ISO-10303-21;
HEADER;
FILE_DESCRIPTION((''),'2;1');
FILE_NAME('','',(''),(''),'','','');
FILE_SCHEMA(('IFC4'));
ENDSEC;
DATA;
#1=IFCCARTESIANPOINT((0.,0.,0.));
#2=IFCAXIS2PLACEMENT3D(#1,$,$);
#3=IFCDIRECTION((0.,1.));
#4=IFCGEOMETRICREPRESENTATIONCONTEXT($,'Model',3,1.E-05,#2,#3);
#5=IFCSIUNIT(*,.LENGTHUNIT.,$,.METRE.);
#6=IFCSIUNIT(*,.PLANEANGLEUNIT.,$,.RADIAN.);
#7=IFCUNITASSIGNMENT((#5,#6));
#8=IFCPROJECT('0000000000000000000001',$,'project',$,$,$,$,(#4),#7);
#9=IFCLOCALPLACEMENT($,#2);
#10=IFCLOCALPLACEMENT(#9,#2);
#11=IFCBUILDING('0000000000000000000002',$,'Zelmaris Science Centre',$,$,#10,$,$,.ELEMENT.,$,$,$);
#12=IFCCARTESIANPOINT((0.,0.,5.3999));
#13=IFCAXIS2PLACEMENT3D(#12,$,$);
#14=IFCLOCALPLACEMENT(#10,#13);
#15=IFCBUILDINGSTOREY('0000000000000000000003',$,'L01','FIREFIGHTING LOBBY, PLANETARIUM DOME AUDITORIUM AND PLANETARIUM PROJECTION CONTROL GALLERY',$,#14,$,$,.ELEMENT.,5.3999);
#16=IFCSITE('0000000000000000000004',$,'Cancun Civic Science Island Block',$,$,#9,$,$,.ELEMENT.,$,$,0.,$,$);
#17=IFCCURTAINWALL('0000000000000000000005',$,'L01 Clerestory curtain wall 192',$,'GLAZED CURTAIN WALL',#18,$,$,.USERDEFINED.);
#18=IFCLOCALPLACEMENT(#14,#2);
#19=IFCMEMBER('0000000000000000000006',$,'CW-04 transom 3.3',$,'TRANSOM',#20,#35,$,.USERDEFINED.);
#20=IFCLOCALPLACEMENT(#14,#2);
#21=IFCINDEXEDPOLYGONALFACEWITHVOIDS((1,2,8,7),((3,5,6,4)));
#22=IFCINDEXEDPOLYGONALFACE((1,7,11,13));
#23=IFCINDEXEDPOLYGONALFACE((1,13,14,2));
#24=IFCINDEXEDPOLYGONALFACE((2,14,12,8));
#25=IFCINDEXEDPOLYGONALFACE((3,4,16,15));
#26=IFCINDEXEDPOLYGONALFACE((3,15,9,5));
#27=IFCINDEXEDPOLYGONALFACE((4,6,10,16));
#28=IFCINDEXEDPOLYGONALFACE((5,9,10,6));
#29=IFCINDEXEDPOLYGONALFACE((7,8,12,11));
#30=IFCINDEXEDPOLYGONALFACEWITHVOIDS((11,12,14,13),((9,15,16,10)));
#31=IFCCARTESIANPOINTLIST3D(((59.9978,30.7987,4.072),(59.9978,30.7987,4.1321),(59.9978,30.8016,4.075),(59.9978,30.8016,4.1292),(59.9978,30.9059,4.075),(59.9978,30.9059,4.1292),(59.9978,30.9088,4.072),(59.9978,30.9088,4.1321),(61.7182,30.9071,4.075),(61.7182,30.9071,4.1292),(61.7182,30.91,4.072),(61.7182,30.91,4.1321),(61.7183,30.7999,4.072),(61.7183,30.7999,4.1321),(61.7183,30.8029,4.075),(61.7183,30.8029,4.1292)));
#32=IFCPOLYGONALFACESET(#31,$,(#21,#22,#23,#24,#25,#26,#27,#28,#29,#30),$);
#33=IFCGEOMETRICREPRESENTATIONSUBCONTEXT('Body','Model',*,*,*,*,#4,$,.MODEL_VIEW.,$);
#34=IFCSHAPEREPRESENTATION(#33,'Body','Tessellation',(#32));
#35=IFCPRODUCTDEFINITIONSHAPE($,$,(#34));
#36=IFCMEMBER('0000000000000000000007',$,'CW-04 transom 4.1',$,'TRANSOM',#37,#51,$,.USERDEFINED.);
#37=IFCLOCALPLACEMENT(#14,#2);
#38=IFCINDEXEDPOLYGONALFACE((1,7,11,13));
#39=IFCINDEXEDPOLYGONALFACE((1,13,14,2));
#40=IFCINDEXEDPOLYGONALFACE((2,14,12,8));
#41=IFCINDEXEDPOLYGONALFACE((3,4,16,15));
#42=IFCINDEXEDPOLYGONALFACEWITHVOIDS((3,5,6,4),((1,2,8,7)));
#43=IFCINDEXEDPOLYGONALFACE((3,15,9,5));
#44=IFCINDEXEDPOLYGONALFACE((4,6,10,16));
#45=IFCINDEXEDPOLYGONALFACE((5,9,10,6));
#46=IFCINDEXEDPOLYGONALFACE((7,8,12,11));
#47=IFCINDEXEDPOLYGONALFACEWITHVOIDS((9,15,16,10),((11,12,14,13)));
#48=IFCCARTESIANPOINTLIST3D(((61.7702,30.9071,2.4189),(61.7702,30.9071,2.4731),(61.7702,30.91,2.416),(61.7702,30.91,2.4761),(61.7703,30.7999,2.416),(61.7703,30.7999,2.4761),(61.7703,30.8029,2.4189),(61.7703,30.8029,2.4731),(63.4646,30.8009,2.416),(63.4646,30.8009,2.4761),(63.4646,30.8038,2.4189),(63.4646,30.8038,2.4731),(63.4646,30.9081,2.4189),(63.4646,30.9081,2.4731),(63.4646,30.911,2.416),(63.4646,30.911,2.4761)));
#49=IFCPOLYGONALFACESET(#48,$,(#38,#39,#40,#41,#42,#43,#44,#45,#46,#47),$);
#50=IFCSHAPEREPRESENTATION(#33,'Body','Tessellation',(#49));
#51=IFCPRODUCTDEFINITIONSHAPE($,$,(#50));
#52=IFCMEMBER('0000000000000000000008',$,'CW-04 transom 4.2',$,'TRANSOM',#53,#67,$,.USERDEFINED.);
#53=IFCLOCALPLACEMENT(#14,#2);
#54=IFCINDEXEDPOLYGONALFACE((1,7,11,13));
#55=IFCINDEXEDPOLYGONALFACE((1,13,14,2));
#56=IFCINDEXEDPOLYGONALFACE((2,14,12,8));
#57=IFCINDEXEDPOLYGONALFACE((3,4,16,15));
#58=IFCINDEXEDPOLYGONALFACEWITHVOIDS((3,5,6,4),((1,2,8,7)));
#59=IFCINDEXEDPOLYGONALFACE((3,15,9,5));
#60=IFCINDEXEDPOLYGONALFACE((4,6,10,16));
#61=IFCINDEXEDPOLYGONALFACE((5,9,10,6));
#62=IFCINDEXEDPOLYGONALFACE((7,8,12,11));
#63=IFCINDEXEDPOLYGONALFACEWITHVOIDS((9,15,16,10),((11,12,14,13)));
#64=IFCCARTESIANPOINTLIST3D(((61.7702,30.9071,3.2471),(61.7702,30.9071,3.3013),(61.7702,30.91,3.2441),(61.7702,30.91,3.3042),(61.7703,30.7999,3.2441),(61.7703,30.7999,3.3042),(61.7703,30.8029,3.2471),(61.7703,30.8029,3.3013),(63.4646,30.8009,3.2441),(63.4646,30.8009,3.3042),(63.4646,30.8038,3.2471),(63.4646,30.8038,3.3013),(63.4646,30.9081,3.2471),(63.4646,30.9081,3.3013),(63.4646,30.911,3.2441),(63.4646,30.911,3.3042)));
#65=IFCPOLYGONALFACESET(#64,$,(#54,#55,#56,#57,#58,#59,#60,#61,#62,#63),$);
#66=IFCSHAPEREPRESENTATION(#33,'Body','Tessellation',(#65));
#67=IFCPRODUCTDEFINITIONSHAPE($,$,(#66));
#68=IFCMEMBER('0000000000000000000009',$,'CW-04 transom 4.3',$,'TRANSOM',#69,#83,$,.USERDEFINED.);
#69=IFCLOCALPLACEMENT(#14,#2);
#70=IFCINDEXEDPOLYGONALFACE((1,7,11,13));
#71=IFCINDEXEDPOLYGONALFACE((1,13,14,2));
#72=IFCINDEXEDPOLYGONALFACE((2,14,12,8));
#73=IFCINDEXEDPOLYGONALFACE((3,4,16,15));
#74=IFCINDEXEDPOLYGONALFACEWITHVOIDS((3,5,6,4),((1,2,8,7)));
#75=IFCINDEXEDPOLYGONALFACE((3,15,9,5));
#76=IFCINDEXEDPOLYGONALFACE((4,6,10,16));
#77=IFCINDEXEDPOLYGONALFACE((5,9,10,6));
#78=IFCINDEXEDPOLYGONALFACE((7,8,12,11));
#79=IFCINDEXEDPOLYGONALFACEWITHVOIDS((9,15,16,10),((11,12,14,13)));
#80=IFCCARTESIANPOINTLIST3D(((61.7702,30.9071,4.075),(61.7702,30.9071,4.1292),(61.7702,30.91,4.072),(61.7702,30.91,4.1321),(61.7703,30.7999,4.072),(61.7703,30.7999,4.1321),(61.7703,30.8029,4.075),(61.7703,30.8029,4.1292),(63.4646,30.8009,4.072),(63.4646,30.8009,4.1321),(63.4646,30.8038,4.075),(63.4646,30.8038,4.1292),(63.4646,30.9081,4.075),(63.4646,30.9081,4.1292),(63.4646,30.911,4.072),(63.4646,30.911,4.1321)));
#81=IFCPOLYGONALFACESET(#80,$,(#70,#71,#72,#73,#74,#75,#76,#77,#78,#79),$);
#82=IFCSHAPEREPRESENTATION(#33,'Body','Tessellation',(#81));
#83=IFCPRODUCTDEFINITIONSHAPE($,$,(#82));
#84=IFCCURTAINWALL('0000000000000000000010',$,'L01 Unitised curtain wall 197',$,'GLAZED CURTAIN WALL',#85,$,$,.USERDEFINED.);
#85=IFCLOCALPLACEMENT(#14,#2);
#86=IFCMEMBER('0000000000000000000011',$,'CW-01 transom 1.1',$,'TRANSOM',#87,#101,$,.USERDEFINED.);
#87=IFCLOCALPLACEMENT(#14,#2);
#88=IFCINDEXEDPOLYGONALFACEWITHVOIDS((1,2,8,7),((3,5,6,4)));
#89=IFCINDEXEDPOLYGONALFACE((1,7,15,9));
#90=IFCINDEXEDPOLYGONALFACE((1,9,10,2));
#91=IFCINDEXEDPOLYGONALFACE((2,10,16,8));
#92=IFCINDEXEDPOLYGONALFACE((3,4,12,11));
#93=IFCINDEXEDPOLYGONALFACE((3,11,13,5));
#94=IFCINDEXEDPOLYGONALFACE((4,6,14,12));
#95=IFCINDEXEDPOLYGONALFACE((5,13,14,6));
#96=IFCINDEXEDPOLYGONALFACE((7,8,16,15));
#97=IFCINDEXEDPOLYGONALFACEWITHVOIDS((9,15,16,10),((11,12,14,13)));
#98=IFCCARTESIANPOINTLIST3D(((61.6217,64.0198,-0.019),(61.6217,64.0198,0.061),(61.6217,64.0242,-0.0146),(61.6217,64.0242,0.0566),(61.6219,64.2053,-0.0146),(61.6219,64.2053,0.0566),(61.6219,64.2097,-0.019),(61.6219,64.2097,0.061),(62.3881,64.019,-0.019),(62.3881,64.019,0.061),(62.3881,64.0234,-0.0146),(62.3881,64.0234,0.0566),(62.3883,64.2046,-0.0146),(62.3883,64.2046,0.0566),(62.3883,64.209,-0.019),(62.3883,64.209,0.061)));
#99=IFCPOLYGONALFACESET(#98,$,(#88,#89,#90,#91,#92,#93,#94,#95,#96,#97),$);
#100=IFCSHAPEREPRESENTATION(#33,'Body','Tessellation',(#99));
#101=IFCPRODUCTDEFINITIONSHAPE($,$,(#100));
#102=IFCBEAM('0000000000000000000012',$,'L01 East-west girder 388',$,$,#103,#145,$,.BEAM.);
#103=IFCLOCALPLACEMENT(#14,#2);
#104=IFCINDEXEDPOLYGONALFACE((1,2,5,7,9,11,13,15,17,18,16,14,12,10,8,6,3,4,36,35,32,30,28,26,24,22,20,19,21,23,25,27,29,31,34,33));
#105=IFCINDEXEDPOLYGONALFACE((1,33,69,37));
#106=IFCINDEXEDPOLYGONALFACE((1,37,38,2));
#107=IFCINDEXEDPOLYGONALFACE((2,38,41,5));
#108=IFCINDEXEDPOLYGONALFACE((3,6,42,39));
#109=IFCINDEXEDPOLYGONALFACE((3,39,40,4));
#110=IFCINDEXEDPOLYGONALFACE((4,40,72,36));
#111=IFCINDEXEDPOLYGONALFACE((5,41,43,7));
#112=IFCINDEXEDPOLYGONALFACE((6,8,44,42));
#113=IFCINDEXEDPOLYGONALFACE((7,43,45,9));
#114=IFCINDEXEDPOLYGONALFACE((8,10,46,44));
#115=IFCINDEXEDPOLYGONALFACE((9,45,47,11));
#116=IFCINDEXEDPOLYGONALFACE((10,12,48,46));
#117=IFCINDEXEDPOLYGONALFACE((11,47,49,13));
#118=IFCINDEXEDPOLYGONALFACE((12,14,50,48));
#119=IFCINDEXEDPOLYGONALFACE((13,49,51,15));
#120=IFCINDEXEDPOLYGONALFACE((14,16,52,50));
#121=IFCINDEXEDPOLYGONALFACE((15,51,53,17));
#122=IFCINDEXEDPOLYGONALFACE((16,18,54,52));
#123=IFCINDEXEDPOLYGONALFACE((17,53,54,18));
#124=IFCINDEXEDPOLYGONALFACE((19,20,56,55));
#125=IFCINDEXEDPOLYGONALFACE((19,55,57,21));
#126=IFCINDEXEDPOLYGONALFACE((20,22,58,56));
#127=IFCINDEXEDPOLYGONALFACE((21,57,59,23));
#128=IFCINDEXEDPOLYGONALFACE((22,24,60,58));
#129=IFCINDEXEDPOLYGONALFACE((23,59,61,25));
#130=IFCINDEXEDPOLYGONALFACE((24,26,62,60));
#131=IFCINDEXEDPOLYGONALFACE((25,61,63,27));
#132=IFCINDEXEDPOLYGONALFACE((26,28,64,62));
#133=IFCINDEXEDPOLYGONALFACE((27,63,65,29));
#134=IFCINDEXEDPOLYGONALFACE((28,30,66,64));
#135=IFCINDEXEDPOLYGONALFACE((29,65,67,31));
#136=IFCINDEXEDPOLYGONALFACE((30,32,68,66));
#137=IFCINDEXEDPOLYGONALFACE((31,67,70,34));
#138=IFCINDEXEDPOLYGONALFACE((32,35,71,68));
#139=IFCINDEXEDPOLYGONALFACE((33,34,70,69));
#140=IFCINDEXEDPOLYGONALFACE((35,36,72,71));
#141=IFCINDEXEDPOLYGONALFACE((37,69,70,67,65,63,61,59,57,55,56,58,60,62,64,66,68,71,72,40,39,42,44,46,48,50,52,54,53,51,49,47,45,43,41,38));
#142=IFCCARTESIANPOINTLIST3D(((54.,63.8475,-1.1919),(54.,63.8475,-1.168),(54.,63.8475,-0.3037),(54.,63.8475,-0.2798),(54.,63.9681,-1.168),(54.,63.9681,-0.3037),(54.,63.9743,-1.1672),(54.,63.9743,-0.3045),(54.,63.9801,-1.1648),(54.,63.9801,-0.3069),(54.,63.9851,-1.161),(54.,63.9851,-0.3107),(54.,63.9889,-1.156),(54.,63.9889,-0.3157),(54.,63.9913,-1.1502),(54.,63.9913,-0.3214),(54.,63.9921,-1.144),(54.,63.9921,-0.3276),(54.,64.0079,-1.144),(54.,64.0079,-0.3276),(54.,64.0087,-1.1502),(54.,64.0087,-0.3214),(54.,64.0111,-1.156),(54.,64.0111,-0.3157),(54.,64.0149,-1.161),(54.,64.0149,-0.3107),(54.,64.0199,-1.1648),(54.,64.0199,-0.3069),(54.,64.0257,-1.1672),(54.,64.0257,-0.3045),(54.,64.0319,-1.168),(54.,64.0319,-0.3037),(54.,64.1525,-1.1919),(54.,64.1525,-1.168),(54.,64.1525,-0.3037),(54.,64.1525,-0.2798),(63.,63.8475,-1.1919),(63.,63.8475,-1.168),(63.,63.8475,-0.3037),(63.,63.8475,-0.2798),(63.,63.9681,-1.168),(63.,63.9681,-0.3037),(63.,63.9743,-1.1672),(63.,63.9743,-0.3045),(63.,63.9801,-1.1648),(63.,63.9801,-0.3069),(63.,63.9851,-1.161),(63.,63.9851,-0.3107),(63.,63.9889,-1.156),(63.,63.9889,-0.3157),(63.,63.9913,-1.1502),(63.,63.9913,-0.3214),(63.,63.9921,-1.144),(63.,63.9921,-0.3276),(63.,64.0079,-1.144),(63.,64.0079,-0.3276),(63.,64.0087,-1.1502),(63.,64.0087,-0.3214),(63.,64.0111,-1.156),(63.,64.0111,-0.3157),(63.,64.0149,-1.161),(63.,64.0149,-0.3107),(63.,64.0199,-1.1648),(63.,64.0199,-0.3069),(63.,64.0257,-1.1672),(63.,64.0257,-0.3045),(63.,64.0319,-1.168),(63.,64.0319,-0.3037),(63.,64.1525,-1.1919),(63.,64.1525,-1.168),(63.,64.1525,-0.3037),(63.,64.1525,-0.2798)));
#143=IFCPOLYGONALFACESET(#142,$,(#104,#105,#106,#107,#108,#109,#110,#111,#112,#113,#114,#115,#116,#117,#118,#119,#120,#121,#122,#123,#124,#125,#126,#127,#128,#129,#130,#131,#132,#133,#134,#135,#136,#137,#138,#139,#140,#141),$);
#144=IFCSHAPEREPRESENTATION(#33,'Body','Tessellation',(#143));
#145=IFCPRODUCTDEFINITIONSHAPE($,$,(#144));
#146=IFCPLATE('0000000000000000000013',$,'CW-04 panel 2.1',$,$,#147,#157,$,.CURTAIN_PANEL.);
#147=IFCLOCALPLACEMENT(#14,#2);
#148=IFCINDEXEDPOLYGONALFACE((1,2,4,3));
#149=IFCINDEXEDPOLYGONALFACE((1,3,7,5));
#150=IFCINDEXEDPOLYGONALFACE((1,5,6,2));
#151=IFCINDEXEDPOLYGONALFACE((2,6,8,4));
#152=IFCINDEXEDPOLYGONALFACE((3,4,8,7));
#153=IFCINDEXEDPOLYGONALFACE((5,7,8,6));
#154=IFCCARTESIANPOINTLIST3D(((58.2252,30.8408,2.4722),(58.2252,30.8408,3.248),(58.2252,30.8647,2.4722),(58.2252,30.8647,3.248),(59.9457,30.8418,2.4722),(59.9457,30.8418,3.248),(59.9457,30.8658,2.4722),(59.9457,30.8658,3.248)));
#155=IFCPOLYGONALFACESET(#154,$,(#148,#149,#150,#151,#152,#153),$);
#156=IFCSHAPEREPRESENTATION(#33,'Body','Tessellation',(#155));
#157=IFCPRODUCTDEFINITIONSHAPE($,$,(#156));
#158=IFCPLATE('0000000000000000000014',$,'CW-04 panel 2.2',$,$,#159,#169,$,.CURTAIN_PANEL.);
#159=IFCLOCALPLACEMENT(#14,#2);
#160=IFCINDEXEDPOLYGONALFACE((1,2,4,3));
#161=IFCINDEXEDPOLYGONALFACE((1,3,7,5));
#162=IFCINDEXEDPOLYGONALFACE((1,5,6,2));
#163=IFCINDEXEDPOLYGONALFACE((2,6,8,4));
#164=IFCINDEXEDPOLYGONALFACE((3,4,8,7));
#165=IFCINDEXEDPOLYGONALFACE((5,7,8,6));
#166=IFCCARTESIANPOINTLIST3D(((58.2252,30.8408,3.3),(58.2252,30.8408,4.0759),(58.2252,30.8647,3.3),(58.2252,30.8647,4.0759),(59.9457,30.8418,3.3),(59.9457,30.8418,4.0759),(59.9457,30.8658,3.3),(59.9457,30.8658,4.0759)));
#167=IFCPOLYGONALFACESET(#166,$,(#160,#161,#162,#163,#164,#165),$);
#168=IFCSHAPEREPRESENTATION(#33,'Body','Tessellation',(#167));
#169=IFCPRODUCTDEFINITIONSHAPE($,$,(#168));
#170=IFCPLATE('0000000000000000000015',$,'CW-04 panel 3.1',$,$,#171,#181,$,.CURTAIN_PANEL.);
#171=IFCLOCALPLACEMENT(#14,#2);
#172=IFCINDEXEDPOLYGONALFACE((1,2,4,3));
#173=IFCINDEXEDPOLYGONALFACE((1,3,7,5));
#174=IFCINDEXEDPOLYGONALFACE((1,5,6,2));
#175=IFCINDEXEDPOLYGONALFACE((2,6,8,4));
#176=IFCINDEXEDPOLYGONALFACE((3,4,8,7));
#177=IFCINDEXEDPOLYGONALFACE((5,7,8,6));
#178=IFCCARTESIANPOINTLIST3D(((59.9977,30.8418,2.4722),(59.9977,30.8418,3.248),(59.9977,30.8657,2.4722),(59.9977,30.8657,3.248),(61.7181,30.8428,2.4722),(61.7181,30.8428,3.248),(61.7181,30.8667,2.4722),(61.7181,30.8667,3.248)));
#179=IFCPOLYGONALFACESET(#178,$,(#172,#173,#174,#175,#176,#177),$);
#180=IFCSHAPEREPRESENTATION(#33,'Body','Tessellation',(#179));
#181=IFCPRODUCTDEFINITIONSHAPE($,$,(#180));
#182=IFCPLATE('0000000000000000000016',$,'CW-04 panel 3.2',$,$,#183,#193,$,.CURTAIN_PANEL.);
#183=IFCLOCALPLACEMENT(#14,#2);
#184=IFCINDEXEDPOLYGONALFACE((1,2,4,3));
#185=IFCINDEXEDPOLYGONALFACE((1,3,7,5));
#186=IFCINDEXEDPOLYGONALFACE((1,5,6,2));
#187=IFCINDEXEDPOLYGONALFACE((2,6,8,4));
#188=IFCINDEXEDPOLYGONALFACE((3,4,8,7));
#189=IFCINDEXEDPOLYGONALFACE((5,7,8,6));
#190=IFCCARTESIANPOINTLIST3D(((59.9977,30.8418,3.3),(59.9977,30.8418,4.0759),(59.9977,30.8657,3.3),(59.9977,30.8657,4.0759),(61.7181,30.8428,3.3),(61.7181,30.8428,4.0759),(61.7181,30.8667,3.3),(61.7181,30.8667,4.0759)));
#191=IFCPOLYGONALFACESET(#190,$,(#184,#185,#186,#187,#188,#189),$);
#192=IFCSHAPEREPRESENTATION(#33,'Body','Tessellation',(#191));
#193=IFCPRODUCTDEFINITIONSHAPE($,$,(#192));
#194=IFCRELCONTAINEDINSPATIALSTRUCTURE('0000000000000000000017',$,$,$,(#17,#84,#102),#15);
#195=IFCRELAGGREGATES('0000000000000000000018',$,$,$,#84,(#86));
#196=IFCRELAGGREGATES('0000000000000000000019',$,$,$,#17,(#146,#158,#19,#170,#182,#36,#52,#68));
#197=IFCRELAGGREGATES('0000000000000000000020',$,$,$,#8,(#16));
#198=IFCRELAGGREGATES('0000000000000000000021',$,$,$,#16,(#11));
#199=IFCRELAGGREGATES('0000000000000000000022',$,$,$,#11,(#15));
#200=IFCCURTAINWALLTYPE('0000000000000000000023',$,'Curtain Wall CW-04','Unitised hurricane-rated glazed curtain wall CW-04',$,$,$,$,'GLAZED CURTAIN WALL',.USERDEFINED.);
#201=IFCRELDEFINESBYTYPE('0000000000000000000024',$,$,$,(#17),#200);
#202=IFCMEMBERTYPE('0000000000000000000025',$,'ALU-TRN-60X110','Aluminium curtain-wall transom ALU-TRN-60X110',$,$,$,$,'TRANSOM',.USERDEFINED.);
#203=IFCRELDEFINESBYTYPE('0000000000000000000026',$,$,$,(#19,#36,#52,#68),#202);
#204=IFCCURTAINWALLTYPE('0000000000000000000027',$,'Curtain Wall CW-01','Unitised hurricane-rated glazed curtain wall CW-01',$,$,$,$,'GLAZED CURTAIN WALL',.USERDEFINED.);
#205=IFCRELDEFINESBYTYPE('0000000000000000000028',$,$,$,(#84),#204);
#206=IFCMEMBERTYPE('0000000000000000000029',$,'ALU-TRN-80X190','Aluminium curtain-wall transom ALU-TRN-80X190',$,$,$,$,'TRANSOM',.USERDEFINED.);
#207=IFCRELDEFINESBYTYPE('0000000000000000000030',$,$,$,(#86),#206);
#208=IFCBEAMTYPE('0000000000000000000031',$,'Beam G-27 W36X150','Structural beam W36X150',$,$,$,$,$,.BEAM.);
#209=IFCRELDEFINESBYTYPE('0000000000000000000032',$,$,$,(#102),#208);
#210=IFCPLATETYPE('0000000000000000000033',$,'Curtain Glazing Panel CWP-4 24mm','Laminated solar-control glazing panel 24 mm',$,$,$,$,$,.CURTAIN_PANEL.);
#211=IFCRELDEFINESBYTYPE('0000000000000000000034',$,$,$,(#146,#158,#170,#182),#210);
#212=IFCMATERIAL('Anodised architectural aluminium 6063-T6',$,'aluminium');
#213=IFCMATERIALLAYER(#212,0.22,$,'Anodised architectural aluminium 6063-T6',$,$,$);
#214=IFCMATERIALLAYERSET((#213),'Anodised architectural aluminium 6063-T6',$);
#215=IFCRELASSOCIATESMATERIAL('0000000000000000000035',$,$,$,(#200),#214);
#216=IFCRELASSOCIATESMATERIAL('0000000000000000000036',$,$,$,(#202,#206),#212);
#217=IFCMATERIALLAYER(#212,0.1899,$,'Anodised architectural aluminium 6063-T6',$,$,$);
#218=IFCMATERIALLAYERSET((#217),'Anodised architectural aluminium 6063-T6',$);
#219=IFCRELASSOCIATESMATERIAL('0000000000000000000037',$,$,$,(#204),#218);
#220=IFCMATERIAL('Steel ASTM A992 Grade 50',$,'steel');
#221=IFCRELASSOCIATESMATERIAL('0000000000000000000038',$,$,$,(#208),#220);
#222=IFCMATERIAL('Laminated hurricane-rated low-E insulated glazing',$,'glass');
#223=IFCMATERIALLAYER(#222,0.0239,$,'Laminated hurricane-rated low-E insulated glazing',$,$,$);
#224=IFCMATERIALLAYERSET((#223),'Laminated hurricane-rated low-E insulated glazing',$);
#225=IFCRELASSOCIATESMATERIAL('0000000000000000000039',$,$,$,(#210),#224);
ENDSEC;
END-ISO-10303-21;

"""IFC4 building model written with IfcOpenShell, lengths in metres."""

from ifc_helpers import new_model, si_unit, direction, frame, origin, origin_2d, place, context, subcontext, project, spatial, rectangle, hollow_rectangle, i_section, extrude, material, layer, layer_set, material_profile, profile_set, type_object, element, aggregate, save


model = new_model("IFC4")

# Units and contexts
model_context = context("Model", 3, precision=1e-05, world=origin(), true_north=direction((0.0, 1.0)))
body_context = subcontext(model_context, "Body", "Model", "MODEL_VIEW")
ifc_project = project(units=[si_unit("LENGTHUNIT", "METRE"), si_unit("PLANEANGLEUNIT", "RADIAN")], contexts=[model_context])

# Site, building, storey
site_placement = place(None, origin())
site = spatial("IfcSite", under=ifc_project, at=site_placement, Name="Cancun Civic Science Island Block", CompositionType="ELEMENT", RefElevation=0.0)
building_placement = place(site_placement, origin())
building = spatial("IfcBuilding", under=site, at=building_placement, Name="Zelmaris Science Centre", CompositionType="ELEMENT")
storey_placement = place(building_placement, frame((0.0, 0.0, 5.3999)))
storey = spatial("IfcBuildingStorey", under=building, at=storey_placement, Name="L01", Description="FIREFIGHTING LOBBY, PLANETARIUM DOME AUDITORIUM AND PLANETARIUM PROJECTION CONTROL GALLERY", CompositionType="ELEMENT", Elevation=5.3999)

# Shared definitions
ifc_material_1 = material(Name="Steel ASTM A992 Grade 50", Category="steel")

# Curtain wall, members
ifc_material_2 = material(Name="Anodised architectural aluminium 6063-T6", Category="aluminium")
ifc_layer_1 = layer(ifc_material_2, 0.22, Name="Anodised architectural aluminium 6063-T6")
ifc_layer_set_1 = layer_set([ifc_layer_1], Name="Anodised architectural aluminium 6063-T6")
curtain_wall_type_1 = type_object("IfcCurtainWallType", Name="Curtain Wall CW-04", Description="Unitised hurricane-rated glazed curtain wall CW-04", ElementType="GLAZED CURTAIN WALL", PredefinedType="USERDEFINED", material=ifc_layer_set_1)
curtain_wall_1_placement = place(storey_placement, origin())
curtain_wall_1 = element("IfcCurtainWall", 1, at=curtain_wall_1_placement, inside=storey, type_object=curtain_wall_type_1, Name="L01 Clerestory curtain wall 192", ObjectType="GLAZED CURTAIN WALL", PredefinedType="USERDEFINED")
ifc_material_profile_1 = material_profile(ifc_material_2, hollow_rectangle(XDim=0.0601, YDim=0.1101, WallThickness=0.0029, at=origin_2d()), Name="ALU-TRN-60X110")
ifc_profile_set_1 = profile_set([ifc_material_profile_1], Name="Anodised architectural aluminium 6063-T6")
member_type_1 = type_object("IfcMemberType", Name="ALU-TRN-60X110", Description="Aluminium curtain-wall transom ALU-TRN-60X110", ElementType="TRANSOM", PredefinedType="USERDEFINED", material=ifc_profile_set_1)
member_1_placement = place(storey_placement, frame((59.9978, 30.8538, 4.1021), z_axis=(1.0, 0.00071, 0.0), x_axis=(0.0, 0.0, 1.0)))
member_1 = element("IfcMember", 2, at=member_1_placement, type_object=member_type_1, Name="CW-04 transom 3.3", ObjectType="TRANSOM", PredefinedType="USERDEFINED", context=body_context, shape_type="SweptSolid", body=[
    extrude(hollow_rectangle(XDim=0.0601, YDim=0.1101, WallThickness=0.0029, at=origin_2d()), origin(), (0.0, 0.0, 1.0), 1.7205),
])
member_2_placement = place(storey_placement, frame((61.7703, 30.855, 2.446), z_axis=(1.0, 0.000576, 0.0), x_axis=(0.0, 0.0, 1.0)))
member_2 = element("IfcMember", 3, at=member_2_placement, type_object=member_type_1, Name="CW-04 transom 4.1", ObjectType="TRANSOM", PredefinedType="USERDEFINED", context=body_context, shape_type="SweptSolid", body=[
    extrude(hollow_rectangle(XDim=0.0601, YDim=0.1101, WallThickness=0.0029, at=origin_2d()), origin(), (0.0, 0.0, 1.0), 1.6943),
])
member_3_placement = place(storey_placement, frame((61.7703, 30.855, 3.2742), z_axis=(1.0, 0.000576, 0.0), x_axis=(0.0, 0.0, 1.0)))
member_3 = element("IfcMember", 4, at=member_3_placement, type_object=member_type_1, Name="CW-04 transom 4.2", ObjectType="TRANSOM", PredefinedType="USERDEFINED", context=body_context, shape_type="SweptSolid", body=[
    extrude(hollow_rectangle(XDim=0.0601, YDim=0.1101, WallThickness=0.0029, at=origin_2d()), origin(), (0.0, 0.0, 1.0), 1.6943),
])
member_4_placement = place(storey_placement, frame((61.7703, 30.855, 4.1021), z_axis=(1.0, 0.000576, 0.0), x_axis=(0.0, 0.0, 1.0)))
member_4 = element("IfcMember", 5, at=member_4_placement, type_object=member_type_1, Name="CW-04 transom 4.3", ObjectType="TRANSOM", PredefinedType="USERDEFINED", context=body_context, shape_type="SweptSolid", body=[
    extrude(hollow_rectangle(XDim=0.0601, YDim=0.1101, WallThickness=0.0029, at=origin_2d()), origin(), (0.0, 0.0, 1.0), 1.6943),
])

# Curtain wall, member
ifc_layer_2 = layer(ifc_material_2, 0.1899, Name="Anodised architectural aluminium 6063-T6")
ifc_layer_set_2 = layer_set([ifc_layer_2], Name="Anodised architectural aluminium 6063-T6")
curtain_wall_type_2 = type_object("IfcCurtainWallType", Name="Curtain Wall CW-01", Description="Unitised hurricane-rated glazed curtain wall CW-01", ElementType="GLAZED CURTAIN WALL", PredefinedType="USERDEFINED", material=ifc_layer_set_2)
curtain_wall_2_placement = place(storey_placement, origin())
curtain_wall_2 = element("IfcCurtainWall", 6, at=curtain_wall_2_placement, inside=storey, type_object=curtain_wall_type_2, Name="L01 Unitised curtain wall 197", ObjectType="GLAZED CURTAIN WALL", PredefinedType="USERDEFINED")
ifc_material_profile_2 = material_profile(ifc_material_2, hollow_rectangle(XDim=0.0801, YDim=0.1899, WallThickness=0.0044, at=origin_2d()), Name="ALU-TRN-80X190")
ifc_profile_set_2 = profile_set([ifc_material_profile_2], Name="Anodised architectural aluminium 6063-T6")
member_type_2 = type_object("IfcMemberType", Name="ALU-TRN-80X190", Description="Aluminium curtain-wall transom ALU-TRN-80X190", ElementType="TRANSOM", PredefinedType="USERDEFINED", material=ifc_profile_set_2)
member_5_placement = place(storey_placement, frame((62.3882, 64.114, 0.021), z_axis=(-1.0, 0.000956, 0.0), x_axis=(0.0, 0.0, 1.0)))
member_5 = element("IfcMember", 7, at=member_5_placement, type_object=member_type_2, Name="CW-01 transom 1.1", ObjectType="TRANSOM", PredefinedType="USERDEFINED", context=body_context, shape_type="SweptSolid", body=[
    extrude(hollow_rectangle(XDim=0.0801, YDim=0.1899, WallThickness=0.0044, at=origin_2d()), origin(), (0.0, 0.0, 1.0), 0.7664),
])
aggregate(curtain_wall_2, [member_5])

# Beam
ifc_material_profile_3 = material_profile(ifc_material_1, i_section(OverallWidth=0.3049, OverallDepth=0.9121, WebThickness=0.0159, FlangeThickness=0.0239, FilletRadius=0.0239, at=origin_2d()), Name="W36X150")
ifc_profile_set_3 = profile_set([ifc_material_profile_3], Name="Steel ASTM A992 Grade 50")
beam_type = type_object("IfcBeamType", Name="Beam G-27 W36X150", Description="Structural beam W36X150", PredefinedType="BEAM", material=ifc_profile_set_3)
beam_placement = place(storey_placement, frame((54.0, 64.0, -0.7358), z_axis=(1.0, 0.0, 0.0), x_axis=(0.0, 1.0, 0.0)))
element("IfcBeam", 8, at=beam_placement, inside=storey, type_object=beam_type, Name="L01 East-west girder 388", PredefinedType="BEAM", context=body_context, shape_type="SweptSolid", body=[
    extrude(i_section(OverallWidth=0.3049, OverallDepth=0.9121, WebThickness=0.0159, FlangeThickness=0.0239, FilletRadius=0.0239, at=origin_2d()), origin(), (0.0, 0.0, 1.0), 9.0),
])

# Plates
ifc_material_3 = material(Name="Laminated hurricane-rated low-E insulated glazing", Category="glass")
ifc_layer_3 = layer(ifc_material_3, 0.0239, Name="Laminated hurricane-rated low-E insulated glazing")
ifc_layer_set_3 = layer_set([ifc_layer_3], Name="Laminated hurricane-rated low-E insulated glazing")
plate_type_1 = type_object("IfcPlateType", Name="Curtain Glazing Panel CWP-4 24mm", Description="Laminated solar-control glazing panel 24 mm", PredefinedType="CURTAIN_PANEL", material=ifc_layer_set_3)
plate_1_placement = place(storey_placement, frame((59.0854, 30.8533, 2.4722), z_axis=(0.0, 0.0, 1.0), x_axis=(1.0, 0.000621, 0.0)))
plate_1 = element("IfcPlate", 9, at=plate_1_placement, type_object=plate_type_1, Name="CW-04 panel 2.1", PredefinedType="CURTAIN_PANEL", context=body_context, shape_type="SweptSolid", body=[
    extrude(rectangle(XDim=1.7205, YDim=0.0239, at=origin_2d()), origin(), (0.0, 0.0, 1.0), 0.7759),
])
plate_2_placement = place(storey_placement, frame((59.0854, 30.8533, 3.3), z_axis=(0.0, 0.0, 1.0), x_axis=(1.0, 0.000621, 0.0)))
plate_2 = element("IfcPlate", 10, at=plate_2_placement, type_object=plate_type_1, Name="CW-04 panel 2.2", PredefinedType="CURTAIN_PANEL", context=body_context, shape_type="SweptSolid", body=[
    extrude(rectangle(XDim=1.7205, YDim=0.0239, at=origin_2d()), origin(), (0.0, 0.0, 1.0), 0.7759),
])
plate_3_placement = place(storey_placement, frame((60.8579, 30.8542, 2.4722), z_axis=(0.0, 0.0, 1.0), x_axis=(1.0, 0.000621, 0.0)))
plate_3 = element("IfcPlate", 11, at=plate_3_placement, type_object=plate_type_1, Name="CW-04 panel 3.1", PredefinedType="CURTAIN_PANEL", context=body_context, shape_type="SweptSolid", body=[
    extrude(rectangle(XDim=1.7205, YDim=0.0239, at=origin_2d()), origin(), (0.0, 0.0, 1.0), 0.7759),
])
plate_4_placement = place(storey_placement, frame((60.8579, 30.8542, 3.3), z_axis=(0.0, 0.0, 1.0), x_axis=(1.0, 0.000621, 0.0)))
plate_4 = element("IfcPlate", 12, at=plate_4_placement, type_object=plate_type_1, Name="CW-04 panel 3.2", PredefinedType="CURTAIN_PANEL", context=body_context, shape_type="SweptSolid", body=[
    extrude(rectangle(XDim=1.7205, YDim=0.0239, at=origin_2d()), origin(), (0.0, 0.0, 1.0), 0.7759),
])
aggregate(curtain_wall_1, [plate_1, plate_2, member_1, plate_3, plate_4, member_2, member_3, member_4])

save(model, "model.ifc")
